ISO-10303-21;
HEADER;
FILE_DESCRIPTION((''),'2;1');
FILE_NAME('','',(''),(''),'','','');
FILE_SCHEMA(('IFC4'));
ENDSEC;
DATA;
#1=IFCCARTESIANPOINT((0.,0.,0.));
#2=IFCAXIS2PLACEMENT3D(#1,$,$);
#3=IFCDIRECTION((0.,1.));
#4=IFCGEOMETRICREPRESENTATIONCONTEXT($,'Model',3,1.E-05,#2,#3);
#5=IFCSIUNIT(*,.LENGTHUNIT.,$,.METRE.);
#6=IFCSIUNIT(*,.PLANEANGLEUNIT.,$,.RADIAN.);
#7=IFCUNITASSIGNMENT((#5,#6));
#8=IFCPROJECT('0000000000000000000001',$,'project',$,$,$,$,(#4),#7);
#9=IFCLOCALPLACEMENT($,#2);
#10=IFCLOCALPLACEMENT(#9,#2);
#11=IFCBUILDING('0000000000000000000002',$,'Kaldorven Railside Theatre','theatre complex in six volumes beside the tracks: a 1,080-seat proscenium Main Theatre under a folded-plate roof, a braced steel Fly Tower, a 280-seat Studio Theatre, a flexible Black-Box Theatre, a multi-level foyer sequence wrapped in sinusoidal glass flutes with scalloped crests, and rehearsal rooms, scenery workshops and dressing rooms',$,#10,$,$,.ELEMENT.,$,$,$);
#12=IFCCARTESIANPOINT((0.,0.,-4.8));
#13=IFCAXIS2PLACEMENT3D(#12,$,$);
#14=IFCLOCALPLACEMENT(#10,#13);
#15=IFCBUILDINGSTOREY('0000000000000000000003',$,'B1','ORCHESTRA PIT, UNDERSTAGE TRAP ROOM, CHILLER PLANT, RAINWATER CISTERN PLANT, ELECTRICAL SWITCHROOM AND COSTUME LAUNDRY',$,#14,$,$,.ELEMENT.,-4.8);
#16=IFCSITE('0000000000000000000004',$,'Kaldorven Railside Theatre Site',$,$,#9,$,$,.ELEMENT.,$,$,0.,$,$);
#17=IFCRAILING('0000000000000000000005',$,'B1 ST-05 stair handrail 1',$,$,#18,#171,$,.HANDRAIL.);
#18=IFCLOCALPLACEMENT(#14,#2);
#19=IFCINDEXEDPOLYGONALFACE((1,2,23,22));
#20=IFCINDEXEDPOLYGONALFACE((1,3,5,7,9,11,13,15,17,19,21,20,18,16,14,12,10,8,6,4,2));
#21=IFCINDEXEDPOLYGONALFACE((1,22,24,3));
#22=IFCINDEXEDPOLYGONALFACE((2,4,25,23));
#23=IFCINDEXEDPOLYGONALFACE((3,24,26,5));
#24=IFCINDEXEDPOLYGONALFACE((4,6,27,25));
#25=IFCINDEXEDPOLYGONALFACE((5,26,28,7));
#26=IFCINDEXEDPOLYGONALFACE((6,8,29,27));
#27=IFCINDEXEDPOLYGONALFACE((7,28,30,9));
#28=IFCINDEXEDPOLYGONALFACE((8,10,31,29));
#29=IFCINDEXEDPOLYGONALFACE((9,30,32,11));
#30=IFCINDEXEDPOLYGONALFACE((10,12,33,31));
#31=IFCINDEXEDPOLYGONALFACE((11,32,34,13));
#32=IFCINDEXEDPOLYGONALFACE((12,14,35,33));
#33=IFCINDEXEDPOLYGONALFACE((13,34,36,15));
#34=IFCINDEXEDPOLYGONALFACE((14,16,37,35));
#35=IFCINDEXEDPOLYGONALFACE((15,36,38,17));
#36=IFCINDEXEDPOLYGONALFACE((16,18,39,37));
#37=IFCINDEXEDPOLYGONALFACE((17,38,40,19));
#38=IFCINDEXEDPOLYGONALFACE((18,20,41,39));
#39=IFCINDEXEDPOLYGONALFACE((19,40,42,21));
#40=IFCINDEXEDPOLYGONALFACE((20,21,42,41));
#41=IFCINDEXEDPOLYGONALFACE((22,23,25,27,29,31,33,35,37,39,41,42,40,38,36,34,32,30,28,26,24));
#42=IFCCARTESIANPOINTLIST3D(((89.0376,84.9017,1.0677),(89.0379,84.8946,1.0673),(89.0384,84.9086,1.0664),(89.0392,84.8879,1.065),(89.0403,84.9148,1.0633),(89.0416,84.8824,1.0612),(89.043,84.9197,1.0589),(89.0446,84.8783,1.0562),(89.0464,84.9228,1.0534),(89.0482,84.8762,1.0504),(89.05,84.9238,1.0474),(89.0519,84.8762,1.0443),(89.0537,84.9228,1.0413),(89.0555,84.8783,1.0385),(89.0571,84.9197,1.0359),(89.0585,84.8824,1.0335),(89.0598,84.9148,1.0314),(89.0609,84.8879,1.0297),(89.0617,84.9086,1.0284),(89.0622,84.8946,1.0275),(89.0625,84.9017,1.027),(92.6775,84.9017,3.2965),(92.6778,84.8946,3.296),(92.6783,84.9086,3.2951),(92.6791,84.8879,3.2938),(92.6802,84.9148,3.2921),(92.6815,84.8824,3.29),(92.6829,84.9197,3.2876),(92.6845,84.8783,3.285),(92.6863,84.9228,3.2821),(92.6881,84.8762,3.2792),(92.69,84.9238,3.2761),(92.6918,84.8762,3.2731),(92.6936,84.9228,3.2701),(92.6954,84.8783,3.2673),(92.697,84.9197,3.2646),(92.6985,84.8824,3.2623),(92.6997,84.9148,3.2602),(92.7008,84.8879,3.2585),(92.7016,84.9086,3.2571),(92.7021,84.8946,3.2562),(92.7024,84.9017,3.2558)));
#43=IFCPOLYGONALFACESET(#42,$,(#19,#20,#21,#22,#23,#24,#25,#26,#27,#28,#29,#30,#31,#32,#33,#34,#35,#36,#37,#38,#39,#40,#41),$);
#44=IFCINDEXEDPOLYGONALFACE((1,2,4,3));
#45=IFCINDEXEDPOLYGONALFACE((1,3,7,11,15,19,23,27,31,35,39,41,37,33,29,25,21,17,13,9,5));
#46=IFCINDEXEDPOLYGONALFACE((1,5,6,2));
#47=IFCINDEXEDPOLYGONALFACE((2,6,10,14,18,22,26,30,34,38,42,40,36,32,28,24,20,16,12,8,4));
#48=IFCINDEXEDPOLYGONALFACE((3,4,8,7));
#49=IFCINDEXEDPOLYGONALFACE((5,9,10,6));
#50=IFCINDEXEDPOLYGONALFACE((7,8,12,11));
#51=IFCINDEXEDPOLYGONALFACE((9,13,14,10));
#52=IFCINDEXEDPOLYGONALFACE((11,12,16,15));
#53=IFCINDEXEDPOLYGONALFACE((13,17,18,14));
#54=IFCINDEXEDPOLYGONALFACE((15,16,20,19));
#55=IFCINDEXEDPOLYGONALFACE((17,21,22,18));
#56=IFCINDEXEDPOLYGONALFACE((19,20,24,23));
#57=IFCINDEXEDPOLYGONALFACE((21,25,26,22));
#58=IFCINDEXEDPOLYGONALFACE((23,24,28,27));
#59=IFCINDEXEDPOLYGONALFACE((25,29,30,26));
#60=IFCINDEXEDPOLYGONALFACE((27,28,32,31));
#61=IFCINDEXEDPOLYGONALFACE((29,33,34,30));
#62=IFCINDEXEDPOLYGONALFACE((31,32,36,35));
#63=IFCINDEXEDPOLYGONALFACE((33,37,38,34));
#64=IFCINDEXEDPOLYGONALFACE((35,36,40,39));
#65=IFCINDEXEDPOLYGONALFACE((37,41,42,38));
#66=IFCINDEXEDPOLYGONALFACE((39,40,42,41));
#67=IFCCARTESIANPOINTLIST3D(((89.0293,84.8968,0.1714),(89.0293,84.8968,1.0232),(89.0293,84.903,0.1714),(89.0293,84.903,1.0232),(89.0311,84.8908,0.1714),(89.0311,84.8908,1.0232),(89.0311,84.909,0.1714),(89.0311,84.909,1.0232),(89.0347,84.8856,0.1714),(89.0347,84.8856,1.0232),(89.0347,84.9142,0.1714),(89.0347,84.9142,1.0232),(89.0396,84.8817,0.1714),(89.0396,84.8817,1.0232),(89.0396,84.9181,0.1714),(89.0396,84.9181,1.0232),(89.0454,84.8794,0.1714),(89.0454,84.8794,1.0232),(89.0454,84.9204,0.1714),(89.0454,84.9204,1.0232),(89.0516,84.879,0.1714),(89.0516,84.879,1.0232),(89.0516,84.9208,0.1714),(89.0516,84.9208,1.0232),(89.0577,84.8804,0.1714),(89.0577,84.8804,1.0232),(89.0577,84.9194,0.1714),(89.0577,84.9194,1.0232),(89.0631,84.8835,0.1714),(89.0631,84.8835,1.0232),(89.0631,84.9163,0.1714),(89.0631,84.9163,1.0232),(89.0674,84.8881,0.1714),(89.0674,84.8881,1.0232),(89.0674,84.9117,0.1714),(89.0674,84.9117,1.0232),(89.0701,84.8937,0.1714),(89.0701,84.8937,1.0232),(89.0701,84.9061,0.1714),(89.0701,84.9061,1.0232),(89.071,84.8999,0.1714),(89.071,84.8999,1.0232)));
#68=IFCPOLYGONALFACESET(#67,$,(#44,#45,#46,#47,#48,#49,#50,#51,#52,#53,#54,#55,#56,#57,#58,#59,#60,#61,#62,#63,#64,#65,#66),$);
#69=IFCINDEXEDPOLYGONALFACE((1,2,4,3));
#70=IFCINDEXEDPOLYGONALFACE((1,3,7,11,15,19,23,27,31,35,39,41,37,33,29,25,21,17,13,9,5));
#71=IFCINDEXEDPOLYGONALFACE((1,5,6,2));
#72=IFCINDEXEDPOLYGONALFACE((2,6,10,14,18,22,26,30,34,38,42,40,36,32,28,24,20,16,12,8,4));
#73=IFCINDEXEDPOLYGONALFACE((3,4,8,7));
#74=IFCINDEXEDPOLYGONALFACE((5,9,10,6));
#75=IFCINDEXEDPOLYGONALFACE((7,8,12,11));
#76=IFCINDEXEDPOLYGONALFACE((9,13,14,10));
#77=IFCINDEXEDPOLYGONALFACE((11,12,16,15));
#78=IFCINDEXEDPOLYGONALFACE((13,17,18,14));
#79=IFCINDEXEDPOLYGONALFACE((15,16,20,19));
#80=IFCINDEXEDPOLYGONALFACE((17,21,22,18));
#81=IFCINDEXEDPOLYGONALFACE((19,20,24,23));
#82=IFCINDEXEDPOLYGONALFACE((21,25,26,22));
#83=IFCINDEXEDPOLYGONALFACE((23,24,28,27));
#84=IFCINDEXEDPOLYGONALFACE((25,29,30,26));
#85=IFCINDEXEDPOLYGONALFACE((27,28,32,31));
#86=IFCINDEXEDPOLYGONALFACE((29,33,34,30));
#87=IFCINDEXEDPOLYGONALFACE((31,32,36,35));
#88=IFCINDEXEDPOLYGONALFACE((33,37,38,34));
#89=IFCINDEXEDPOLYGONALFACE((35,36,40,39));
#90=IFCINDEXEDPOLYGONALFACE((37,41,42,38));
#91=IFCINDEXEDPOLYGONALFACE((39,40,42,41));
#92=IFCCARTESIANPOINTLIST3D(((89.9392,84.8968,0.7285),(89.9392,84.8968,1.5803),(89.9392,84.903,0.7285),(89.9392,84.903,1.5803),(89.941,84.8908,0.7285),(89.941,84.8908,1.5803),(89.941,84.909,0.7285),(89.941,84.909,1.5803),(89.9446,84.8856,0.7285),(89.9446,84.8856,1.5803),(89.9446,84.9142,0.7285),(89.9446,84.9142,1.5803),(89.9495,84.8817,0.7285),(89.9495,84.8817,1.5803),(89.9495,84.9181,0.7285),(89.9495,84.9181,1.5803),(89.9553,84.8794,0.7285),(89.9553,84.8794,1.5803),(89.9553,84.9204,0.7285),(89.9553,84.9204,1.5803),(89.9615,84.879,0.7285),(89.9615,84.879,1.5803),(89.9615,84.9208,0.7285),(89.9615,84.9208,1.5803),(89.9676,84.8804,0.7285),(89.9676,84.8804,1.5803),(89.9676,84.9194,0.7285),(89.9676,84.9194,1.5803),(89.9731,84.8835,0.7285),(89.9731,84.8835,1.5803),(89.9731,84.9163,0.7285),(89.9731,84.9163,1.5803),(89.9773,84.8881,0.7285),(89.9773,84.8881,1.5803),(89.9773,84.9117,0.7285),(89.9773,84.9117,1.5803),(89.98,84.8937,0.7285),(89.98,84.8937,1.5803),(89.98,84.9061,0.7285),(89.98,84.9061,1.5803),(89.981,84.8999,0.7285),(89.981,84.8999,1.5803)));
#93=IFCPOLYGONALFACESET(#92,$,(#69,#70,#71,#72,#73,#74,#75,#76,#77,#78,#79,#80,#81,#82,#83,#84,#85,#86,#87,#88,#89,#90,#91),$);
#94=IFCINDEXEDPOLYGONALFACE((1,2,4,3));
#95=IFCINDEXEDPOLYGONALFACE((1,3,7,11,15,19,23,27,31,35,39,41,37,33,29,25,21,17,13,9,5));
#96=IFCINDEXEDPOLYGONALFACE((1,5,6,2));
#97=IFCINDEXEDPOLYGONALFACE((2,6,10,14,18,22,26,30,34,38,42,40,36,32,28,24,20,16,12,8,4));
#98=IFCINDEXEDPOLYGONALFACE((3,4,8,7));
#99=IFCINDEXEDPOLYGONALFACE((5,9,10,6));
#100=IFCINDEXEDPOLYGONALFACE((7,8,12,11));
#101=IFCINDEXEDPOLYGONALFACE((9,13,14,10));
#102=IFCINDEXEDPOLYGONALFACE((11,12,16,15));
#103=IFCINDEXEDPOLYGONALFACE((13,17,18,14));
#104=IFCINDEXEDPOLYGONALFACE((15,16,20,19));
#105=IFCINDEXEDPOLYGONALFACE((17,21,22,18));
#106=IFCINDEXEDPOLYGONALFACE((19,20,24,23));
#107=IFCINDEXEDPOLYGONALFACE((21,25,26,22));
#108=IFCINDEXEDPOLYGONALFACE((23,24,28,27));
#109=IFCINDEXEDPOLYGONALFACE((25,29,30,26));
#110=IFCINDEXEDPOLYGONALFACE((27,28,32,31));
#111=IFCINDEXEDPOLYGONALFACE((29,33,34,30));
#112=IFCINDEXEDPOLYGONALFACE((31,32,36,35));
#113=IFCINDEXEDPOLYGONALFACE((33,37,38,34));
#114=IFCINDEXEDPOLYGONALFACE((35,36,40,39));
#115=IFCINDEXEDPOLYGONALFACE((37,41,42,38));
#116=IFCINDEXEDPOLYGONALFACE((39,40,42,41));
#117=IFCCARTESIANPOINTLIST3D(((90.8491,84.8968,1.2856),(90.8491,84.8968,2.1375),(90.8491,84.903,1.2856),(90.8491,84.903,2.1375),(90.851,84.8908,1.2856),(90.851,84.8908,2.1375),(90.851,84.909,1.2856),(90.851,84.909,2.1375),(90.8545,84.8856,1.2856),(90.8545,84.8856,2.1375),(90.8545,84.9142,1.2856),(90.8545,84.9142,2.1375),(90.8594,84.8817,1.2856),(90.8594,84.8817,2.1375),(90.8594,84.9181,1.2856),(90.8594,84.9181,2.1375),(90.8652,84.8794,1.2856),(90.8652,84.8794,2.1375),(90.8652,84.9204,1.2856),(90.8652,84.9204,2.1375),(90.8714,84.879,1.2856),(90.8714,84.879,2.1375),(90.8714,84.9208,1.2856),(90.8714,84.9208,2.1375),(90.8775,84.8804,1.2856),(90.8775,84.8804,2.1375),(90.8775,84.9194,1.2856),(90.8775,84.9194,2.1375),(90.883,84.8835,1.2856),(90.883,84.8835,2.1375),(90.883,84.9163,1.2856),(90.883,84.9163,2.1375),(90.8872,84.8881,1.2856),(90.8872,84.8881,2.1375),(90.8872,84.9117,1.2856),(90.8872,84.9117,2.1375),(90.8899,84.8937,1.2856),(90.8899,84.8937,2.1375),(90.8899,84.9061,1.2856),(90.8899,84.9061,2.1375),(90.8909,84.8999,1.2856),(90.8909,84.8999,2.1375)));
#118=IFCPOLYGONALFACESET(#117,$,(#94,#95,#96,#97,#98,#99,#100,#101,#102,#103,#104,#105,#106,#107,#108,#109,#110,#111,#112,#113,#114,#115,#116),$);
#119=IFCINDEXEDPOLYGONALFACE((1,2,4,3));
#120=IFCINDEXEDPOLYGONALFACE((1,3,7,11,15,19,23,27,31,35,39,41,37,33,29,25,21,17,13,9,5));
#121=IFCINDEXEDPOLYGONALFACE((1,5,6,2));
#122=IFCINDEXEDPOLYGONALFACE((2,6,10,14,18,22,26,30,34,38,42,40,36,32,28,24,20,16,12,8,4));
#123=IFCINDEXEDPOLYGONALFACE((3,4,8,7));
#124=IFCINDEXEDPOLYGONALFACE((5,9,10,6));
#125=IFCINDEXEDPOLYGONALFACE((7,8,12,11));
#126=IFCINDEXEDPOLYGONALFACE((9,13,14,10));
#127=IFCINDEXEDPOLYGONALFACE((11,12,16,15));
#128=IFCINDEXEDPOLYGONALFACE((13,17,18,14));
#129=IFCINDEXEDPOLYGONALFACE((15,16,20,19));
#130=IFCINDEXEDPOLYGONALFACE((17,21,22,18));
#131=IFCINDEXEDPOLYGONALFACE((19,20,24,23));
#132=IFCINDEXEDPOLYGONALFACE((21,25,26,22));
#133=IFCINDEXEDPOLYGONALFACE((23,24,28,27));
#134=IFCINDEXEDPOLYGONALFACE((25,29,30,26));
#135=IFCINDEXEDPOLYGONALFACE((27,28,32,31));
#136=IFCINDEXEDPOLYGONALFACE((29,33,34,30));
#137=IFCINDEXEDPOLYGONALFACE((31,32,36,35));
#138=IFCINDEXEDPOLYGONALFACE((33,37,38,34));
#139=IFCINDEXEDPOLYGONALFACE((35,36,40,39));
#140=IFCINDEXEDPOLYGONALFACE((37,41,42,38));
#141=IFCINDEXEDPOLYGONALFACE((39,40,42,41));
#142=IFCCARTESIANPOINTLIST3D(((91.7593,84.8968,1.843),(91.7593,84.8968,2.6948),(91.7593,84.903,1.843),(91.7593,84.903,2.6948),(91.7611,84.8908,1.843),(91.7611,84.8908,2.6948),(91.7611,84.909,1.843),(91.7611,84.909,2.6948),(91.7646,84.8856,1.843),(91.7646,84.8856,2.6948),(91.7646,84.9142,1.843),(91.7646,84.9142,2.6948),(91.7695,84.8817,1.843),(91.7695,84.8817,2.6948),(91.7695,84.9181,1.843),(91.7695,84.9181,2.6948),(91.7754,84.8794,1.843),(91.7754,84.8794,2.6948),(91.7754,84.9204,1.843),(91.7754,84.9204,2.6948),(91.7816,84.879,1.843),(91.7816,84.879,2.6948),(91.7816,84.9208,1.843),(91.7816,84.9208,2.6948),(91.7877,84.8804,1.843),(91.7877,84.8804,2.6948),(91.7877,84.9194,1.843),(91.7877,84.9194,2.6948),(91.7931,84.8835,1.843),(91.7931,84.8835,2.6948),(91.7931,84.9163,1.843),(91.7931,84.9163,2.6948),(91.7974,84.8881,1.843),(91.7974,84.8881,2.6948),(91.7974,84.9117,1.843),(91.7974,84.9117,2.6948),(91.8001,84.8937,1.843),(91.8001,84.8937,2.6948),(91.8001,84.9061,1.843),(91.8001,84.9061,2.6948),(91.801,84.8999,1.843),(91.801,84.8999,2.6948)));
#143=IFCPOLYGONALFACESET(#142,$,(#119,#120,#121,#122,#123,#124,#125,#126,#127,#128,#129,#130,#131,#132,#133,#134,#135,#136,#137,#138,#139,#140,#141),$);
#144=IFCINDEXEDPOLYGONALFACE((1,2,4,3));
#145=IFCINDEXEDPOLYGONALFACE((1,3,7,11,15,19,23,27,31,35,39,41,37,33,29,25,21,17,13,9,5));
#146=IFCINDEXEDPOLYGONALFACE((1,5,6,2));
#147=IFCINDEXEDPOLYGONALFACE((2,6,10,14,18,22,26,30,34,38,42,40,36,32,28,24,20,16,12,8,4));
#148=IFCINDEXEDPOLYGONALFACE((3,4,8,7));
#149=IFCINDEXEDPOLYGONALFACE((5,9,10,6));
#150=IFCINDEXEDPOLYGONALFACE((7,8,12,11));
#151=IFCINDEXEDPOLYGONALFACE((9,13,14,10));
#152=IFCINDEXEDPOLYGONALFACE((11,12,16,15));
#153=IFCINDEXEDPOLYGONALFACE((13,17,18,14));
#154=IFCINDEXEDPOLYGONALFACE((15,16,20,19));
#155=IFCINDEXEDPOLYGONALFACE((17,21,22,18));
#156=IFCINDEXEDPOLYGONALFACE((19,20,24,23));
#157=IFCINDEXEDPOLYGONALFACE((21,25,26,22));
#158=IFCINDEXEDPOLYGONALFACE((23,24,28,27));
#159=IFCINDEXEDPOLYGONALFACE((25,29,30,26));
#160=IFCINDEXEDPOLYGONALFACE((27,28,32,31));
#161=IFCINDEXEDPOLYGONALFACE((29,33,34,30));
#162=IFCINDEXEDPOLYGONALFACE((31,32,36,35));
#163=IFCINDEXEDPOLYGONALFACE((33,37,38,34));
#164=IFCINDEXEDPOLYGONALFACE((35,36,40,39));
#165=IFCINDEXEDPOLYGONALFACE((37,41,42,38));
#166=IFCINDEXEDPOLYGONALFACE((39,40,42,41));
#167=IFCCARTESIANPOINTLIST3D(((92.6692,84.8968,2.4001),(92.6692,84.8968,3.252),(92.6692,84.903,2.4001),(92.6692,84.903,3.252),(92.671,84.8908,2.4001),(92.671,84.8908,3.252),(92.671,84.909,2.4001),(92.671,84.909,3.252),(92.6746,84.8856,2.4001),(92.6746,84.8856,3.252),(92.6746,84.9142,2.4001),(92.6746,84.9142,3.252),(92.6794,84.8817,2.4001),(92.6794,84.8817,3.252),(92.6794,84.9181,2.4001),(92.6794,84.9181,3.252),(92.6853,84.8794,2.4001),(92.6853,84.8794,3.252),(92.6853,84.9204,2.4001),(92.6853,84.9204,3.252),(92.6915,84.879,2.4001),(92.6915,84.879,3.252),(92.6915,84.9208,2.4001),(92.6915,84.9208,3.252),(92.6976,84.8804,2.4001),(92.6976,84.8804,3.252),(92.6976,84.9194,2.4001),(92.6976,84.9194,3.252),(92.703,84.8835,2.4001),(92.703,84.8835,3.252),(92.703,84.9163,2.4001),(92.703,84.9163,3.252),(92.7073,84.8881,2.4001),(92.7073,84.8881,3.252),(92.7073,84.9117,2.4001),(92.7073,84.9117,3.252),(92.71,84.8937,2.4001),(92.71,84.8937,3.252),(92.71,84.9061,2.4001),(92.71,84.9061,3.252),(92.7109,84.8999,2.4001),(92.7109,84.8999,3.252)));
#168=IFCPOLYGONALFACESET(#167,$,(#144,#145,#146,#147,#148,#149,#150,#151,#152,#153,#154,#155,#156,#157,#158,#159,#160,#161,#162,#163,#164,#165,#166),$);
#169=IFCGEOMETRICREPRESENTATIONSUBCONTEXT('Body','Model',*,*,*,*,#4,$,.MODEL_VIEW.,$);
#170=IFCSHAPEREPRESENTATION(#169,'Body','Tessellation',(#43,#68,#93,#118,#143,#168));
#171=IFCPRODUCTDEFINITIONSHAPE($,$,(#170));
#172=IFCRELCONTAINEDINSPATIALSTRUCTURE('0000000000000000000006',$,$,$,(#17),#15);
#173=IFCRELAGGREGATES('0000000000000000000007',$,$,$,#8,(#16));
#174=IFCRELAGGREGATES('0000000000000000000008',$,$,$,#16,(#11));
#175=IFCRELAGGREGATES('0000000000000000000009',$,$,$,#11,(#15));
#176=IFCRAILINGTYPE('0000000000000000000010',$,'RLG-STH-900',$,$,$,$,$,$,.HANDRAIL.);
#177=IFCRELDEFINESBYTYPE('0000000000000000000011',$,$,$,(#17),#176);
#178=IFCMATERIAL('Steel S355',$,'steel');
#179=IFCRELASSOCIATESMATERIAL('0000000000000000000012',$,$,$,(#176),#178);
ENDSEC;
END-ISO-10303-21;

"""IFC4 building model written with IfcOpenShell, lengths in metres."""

from ifc_helpers import new_model, si_unit, direction, frame, origin, origin_2d, place, context, subcontext, project, spatial, circle, extrude, material, type_object, element, save


model = new_model("IFC4")

# Units and contexts
model_context = context("Model", 3, precision=1e-05, world=origin(), true_north=direction((0.0, 1.0)))
body_context = subcontext(model_context, "Body", "Model", "MODEL_VIEW")
ifc_project = project(units=[si_unit("LENGTHUNIT", "METRE"), si_unit("PLANEANGLEUNIT", "RADIAN")], contexts=[model_context])

# Site, building, storey
site_placement = place(None, origin())
site = spatial("IfcSite", under=ifc_project, at=site_placement, Name="Kaldorven Railside Theatre Site", CompositionType="ELEMENT", RefElevation=0.0)
building_placement = place(site_placement, origin())
building = spatial("IfcBuilding", under=site, at=building_placement, Name="Kaldorven Railside Theatre", Description="theatre complex in six volumes beside the tracks: a 1,080-seat proscenium Main Theatre under a folded-plate roof, a braced steel Fly Tower, a 280-seat Studio Theatre, a flexible Black-Box Theatre, a multi-level foyer sequence wrapped in sinusoidal glass flutes with scalloped crests, and rehearsal rooms, scenery workshops and dressing rooms", CompositionType="ELEMENT")
storey_placement = place(building_placement, frame((0.0, 0.0, -4.8)))
storey = spatial("IfcBuildingStorey", under=building, at=storey_placement, Name="B1", Description="ORCHESTRA PIT, UNDERSTAGE TRAP ROOM, CHILLER PLANT, RAINWATER CISTERN PLANT, ELECTRICAL SWITCHROOM AND COSTUME LAUNDRY", CompositionType="ELEMENT", Elevation=-4.8)

# Railing
ifc_material_1 = material(Name="Steel S355", Category="steel")
railing_type = type_object("IfcRailingType", Name="RLG-STH-900", PredefinedType="HANDRAIL", material=ifc_material_1)
railing_placement = place(storey_placement, frame((89.05, 84.8999, 0.1714)))
element("IfcRailing", 1, at=railing_placement, inside=storey, type_object=railing_type, Name="B1 ST-05 stair handrail 1", PredefinedType="HANDRAIL", context=body_context, shape_type="SweptSolid", body=[
    extrude(circle(Radius=0.0239, at=origin_2d()), frame((0.0, 0.0, 0.876), z_axis=(0.852825, 0.0, 0.522197), x_axis=(0.0, 1.0, 0.0)), (0.0, 0.0, 1.0), 4.2681),
    extrude(circle(Radius=0.021, at=origin_2d()), origin(), (0.0, 0.0, 1.0), 0.8518),
    extrude(circle(Radius=0.021, at=origin_2d()), frame((0.9099, 0.0, 0.5571)), (0.0, 0.0, 1.0), 0.8518),
    extrude(circle(Radius=0.021, at=origin_2d()), frame((1.8198, 0.0, 1.1143)), (0.0, 0.0, 1.0), 0.8518),
    extrude(circle(Radius=0.021, at=origin_2d()), frame((2.73, 0.0, 1.6716)), (0.0, 0.0, 1.0), 0.8518),
    extrude(circle(Radius=0.021, at=origin_2d()), frame((3.6399, 0.0, 2.2288)), (0.0, 0.0, 1.0), 0.8518),
])

save(model, "model.ifc")
